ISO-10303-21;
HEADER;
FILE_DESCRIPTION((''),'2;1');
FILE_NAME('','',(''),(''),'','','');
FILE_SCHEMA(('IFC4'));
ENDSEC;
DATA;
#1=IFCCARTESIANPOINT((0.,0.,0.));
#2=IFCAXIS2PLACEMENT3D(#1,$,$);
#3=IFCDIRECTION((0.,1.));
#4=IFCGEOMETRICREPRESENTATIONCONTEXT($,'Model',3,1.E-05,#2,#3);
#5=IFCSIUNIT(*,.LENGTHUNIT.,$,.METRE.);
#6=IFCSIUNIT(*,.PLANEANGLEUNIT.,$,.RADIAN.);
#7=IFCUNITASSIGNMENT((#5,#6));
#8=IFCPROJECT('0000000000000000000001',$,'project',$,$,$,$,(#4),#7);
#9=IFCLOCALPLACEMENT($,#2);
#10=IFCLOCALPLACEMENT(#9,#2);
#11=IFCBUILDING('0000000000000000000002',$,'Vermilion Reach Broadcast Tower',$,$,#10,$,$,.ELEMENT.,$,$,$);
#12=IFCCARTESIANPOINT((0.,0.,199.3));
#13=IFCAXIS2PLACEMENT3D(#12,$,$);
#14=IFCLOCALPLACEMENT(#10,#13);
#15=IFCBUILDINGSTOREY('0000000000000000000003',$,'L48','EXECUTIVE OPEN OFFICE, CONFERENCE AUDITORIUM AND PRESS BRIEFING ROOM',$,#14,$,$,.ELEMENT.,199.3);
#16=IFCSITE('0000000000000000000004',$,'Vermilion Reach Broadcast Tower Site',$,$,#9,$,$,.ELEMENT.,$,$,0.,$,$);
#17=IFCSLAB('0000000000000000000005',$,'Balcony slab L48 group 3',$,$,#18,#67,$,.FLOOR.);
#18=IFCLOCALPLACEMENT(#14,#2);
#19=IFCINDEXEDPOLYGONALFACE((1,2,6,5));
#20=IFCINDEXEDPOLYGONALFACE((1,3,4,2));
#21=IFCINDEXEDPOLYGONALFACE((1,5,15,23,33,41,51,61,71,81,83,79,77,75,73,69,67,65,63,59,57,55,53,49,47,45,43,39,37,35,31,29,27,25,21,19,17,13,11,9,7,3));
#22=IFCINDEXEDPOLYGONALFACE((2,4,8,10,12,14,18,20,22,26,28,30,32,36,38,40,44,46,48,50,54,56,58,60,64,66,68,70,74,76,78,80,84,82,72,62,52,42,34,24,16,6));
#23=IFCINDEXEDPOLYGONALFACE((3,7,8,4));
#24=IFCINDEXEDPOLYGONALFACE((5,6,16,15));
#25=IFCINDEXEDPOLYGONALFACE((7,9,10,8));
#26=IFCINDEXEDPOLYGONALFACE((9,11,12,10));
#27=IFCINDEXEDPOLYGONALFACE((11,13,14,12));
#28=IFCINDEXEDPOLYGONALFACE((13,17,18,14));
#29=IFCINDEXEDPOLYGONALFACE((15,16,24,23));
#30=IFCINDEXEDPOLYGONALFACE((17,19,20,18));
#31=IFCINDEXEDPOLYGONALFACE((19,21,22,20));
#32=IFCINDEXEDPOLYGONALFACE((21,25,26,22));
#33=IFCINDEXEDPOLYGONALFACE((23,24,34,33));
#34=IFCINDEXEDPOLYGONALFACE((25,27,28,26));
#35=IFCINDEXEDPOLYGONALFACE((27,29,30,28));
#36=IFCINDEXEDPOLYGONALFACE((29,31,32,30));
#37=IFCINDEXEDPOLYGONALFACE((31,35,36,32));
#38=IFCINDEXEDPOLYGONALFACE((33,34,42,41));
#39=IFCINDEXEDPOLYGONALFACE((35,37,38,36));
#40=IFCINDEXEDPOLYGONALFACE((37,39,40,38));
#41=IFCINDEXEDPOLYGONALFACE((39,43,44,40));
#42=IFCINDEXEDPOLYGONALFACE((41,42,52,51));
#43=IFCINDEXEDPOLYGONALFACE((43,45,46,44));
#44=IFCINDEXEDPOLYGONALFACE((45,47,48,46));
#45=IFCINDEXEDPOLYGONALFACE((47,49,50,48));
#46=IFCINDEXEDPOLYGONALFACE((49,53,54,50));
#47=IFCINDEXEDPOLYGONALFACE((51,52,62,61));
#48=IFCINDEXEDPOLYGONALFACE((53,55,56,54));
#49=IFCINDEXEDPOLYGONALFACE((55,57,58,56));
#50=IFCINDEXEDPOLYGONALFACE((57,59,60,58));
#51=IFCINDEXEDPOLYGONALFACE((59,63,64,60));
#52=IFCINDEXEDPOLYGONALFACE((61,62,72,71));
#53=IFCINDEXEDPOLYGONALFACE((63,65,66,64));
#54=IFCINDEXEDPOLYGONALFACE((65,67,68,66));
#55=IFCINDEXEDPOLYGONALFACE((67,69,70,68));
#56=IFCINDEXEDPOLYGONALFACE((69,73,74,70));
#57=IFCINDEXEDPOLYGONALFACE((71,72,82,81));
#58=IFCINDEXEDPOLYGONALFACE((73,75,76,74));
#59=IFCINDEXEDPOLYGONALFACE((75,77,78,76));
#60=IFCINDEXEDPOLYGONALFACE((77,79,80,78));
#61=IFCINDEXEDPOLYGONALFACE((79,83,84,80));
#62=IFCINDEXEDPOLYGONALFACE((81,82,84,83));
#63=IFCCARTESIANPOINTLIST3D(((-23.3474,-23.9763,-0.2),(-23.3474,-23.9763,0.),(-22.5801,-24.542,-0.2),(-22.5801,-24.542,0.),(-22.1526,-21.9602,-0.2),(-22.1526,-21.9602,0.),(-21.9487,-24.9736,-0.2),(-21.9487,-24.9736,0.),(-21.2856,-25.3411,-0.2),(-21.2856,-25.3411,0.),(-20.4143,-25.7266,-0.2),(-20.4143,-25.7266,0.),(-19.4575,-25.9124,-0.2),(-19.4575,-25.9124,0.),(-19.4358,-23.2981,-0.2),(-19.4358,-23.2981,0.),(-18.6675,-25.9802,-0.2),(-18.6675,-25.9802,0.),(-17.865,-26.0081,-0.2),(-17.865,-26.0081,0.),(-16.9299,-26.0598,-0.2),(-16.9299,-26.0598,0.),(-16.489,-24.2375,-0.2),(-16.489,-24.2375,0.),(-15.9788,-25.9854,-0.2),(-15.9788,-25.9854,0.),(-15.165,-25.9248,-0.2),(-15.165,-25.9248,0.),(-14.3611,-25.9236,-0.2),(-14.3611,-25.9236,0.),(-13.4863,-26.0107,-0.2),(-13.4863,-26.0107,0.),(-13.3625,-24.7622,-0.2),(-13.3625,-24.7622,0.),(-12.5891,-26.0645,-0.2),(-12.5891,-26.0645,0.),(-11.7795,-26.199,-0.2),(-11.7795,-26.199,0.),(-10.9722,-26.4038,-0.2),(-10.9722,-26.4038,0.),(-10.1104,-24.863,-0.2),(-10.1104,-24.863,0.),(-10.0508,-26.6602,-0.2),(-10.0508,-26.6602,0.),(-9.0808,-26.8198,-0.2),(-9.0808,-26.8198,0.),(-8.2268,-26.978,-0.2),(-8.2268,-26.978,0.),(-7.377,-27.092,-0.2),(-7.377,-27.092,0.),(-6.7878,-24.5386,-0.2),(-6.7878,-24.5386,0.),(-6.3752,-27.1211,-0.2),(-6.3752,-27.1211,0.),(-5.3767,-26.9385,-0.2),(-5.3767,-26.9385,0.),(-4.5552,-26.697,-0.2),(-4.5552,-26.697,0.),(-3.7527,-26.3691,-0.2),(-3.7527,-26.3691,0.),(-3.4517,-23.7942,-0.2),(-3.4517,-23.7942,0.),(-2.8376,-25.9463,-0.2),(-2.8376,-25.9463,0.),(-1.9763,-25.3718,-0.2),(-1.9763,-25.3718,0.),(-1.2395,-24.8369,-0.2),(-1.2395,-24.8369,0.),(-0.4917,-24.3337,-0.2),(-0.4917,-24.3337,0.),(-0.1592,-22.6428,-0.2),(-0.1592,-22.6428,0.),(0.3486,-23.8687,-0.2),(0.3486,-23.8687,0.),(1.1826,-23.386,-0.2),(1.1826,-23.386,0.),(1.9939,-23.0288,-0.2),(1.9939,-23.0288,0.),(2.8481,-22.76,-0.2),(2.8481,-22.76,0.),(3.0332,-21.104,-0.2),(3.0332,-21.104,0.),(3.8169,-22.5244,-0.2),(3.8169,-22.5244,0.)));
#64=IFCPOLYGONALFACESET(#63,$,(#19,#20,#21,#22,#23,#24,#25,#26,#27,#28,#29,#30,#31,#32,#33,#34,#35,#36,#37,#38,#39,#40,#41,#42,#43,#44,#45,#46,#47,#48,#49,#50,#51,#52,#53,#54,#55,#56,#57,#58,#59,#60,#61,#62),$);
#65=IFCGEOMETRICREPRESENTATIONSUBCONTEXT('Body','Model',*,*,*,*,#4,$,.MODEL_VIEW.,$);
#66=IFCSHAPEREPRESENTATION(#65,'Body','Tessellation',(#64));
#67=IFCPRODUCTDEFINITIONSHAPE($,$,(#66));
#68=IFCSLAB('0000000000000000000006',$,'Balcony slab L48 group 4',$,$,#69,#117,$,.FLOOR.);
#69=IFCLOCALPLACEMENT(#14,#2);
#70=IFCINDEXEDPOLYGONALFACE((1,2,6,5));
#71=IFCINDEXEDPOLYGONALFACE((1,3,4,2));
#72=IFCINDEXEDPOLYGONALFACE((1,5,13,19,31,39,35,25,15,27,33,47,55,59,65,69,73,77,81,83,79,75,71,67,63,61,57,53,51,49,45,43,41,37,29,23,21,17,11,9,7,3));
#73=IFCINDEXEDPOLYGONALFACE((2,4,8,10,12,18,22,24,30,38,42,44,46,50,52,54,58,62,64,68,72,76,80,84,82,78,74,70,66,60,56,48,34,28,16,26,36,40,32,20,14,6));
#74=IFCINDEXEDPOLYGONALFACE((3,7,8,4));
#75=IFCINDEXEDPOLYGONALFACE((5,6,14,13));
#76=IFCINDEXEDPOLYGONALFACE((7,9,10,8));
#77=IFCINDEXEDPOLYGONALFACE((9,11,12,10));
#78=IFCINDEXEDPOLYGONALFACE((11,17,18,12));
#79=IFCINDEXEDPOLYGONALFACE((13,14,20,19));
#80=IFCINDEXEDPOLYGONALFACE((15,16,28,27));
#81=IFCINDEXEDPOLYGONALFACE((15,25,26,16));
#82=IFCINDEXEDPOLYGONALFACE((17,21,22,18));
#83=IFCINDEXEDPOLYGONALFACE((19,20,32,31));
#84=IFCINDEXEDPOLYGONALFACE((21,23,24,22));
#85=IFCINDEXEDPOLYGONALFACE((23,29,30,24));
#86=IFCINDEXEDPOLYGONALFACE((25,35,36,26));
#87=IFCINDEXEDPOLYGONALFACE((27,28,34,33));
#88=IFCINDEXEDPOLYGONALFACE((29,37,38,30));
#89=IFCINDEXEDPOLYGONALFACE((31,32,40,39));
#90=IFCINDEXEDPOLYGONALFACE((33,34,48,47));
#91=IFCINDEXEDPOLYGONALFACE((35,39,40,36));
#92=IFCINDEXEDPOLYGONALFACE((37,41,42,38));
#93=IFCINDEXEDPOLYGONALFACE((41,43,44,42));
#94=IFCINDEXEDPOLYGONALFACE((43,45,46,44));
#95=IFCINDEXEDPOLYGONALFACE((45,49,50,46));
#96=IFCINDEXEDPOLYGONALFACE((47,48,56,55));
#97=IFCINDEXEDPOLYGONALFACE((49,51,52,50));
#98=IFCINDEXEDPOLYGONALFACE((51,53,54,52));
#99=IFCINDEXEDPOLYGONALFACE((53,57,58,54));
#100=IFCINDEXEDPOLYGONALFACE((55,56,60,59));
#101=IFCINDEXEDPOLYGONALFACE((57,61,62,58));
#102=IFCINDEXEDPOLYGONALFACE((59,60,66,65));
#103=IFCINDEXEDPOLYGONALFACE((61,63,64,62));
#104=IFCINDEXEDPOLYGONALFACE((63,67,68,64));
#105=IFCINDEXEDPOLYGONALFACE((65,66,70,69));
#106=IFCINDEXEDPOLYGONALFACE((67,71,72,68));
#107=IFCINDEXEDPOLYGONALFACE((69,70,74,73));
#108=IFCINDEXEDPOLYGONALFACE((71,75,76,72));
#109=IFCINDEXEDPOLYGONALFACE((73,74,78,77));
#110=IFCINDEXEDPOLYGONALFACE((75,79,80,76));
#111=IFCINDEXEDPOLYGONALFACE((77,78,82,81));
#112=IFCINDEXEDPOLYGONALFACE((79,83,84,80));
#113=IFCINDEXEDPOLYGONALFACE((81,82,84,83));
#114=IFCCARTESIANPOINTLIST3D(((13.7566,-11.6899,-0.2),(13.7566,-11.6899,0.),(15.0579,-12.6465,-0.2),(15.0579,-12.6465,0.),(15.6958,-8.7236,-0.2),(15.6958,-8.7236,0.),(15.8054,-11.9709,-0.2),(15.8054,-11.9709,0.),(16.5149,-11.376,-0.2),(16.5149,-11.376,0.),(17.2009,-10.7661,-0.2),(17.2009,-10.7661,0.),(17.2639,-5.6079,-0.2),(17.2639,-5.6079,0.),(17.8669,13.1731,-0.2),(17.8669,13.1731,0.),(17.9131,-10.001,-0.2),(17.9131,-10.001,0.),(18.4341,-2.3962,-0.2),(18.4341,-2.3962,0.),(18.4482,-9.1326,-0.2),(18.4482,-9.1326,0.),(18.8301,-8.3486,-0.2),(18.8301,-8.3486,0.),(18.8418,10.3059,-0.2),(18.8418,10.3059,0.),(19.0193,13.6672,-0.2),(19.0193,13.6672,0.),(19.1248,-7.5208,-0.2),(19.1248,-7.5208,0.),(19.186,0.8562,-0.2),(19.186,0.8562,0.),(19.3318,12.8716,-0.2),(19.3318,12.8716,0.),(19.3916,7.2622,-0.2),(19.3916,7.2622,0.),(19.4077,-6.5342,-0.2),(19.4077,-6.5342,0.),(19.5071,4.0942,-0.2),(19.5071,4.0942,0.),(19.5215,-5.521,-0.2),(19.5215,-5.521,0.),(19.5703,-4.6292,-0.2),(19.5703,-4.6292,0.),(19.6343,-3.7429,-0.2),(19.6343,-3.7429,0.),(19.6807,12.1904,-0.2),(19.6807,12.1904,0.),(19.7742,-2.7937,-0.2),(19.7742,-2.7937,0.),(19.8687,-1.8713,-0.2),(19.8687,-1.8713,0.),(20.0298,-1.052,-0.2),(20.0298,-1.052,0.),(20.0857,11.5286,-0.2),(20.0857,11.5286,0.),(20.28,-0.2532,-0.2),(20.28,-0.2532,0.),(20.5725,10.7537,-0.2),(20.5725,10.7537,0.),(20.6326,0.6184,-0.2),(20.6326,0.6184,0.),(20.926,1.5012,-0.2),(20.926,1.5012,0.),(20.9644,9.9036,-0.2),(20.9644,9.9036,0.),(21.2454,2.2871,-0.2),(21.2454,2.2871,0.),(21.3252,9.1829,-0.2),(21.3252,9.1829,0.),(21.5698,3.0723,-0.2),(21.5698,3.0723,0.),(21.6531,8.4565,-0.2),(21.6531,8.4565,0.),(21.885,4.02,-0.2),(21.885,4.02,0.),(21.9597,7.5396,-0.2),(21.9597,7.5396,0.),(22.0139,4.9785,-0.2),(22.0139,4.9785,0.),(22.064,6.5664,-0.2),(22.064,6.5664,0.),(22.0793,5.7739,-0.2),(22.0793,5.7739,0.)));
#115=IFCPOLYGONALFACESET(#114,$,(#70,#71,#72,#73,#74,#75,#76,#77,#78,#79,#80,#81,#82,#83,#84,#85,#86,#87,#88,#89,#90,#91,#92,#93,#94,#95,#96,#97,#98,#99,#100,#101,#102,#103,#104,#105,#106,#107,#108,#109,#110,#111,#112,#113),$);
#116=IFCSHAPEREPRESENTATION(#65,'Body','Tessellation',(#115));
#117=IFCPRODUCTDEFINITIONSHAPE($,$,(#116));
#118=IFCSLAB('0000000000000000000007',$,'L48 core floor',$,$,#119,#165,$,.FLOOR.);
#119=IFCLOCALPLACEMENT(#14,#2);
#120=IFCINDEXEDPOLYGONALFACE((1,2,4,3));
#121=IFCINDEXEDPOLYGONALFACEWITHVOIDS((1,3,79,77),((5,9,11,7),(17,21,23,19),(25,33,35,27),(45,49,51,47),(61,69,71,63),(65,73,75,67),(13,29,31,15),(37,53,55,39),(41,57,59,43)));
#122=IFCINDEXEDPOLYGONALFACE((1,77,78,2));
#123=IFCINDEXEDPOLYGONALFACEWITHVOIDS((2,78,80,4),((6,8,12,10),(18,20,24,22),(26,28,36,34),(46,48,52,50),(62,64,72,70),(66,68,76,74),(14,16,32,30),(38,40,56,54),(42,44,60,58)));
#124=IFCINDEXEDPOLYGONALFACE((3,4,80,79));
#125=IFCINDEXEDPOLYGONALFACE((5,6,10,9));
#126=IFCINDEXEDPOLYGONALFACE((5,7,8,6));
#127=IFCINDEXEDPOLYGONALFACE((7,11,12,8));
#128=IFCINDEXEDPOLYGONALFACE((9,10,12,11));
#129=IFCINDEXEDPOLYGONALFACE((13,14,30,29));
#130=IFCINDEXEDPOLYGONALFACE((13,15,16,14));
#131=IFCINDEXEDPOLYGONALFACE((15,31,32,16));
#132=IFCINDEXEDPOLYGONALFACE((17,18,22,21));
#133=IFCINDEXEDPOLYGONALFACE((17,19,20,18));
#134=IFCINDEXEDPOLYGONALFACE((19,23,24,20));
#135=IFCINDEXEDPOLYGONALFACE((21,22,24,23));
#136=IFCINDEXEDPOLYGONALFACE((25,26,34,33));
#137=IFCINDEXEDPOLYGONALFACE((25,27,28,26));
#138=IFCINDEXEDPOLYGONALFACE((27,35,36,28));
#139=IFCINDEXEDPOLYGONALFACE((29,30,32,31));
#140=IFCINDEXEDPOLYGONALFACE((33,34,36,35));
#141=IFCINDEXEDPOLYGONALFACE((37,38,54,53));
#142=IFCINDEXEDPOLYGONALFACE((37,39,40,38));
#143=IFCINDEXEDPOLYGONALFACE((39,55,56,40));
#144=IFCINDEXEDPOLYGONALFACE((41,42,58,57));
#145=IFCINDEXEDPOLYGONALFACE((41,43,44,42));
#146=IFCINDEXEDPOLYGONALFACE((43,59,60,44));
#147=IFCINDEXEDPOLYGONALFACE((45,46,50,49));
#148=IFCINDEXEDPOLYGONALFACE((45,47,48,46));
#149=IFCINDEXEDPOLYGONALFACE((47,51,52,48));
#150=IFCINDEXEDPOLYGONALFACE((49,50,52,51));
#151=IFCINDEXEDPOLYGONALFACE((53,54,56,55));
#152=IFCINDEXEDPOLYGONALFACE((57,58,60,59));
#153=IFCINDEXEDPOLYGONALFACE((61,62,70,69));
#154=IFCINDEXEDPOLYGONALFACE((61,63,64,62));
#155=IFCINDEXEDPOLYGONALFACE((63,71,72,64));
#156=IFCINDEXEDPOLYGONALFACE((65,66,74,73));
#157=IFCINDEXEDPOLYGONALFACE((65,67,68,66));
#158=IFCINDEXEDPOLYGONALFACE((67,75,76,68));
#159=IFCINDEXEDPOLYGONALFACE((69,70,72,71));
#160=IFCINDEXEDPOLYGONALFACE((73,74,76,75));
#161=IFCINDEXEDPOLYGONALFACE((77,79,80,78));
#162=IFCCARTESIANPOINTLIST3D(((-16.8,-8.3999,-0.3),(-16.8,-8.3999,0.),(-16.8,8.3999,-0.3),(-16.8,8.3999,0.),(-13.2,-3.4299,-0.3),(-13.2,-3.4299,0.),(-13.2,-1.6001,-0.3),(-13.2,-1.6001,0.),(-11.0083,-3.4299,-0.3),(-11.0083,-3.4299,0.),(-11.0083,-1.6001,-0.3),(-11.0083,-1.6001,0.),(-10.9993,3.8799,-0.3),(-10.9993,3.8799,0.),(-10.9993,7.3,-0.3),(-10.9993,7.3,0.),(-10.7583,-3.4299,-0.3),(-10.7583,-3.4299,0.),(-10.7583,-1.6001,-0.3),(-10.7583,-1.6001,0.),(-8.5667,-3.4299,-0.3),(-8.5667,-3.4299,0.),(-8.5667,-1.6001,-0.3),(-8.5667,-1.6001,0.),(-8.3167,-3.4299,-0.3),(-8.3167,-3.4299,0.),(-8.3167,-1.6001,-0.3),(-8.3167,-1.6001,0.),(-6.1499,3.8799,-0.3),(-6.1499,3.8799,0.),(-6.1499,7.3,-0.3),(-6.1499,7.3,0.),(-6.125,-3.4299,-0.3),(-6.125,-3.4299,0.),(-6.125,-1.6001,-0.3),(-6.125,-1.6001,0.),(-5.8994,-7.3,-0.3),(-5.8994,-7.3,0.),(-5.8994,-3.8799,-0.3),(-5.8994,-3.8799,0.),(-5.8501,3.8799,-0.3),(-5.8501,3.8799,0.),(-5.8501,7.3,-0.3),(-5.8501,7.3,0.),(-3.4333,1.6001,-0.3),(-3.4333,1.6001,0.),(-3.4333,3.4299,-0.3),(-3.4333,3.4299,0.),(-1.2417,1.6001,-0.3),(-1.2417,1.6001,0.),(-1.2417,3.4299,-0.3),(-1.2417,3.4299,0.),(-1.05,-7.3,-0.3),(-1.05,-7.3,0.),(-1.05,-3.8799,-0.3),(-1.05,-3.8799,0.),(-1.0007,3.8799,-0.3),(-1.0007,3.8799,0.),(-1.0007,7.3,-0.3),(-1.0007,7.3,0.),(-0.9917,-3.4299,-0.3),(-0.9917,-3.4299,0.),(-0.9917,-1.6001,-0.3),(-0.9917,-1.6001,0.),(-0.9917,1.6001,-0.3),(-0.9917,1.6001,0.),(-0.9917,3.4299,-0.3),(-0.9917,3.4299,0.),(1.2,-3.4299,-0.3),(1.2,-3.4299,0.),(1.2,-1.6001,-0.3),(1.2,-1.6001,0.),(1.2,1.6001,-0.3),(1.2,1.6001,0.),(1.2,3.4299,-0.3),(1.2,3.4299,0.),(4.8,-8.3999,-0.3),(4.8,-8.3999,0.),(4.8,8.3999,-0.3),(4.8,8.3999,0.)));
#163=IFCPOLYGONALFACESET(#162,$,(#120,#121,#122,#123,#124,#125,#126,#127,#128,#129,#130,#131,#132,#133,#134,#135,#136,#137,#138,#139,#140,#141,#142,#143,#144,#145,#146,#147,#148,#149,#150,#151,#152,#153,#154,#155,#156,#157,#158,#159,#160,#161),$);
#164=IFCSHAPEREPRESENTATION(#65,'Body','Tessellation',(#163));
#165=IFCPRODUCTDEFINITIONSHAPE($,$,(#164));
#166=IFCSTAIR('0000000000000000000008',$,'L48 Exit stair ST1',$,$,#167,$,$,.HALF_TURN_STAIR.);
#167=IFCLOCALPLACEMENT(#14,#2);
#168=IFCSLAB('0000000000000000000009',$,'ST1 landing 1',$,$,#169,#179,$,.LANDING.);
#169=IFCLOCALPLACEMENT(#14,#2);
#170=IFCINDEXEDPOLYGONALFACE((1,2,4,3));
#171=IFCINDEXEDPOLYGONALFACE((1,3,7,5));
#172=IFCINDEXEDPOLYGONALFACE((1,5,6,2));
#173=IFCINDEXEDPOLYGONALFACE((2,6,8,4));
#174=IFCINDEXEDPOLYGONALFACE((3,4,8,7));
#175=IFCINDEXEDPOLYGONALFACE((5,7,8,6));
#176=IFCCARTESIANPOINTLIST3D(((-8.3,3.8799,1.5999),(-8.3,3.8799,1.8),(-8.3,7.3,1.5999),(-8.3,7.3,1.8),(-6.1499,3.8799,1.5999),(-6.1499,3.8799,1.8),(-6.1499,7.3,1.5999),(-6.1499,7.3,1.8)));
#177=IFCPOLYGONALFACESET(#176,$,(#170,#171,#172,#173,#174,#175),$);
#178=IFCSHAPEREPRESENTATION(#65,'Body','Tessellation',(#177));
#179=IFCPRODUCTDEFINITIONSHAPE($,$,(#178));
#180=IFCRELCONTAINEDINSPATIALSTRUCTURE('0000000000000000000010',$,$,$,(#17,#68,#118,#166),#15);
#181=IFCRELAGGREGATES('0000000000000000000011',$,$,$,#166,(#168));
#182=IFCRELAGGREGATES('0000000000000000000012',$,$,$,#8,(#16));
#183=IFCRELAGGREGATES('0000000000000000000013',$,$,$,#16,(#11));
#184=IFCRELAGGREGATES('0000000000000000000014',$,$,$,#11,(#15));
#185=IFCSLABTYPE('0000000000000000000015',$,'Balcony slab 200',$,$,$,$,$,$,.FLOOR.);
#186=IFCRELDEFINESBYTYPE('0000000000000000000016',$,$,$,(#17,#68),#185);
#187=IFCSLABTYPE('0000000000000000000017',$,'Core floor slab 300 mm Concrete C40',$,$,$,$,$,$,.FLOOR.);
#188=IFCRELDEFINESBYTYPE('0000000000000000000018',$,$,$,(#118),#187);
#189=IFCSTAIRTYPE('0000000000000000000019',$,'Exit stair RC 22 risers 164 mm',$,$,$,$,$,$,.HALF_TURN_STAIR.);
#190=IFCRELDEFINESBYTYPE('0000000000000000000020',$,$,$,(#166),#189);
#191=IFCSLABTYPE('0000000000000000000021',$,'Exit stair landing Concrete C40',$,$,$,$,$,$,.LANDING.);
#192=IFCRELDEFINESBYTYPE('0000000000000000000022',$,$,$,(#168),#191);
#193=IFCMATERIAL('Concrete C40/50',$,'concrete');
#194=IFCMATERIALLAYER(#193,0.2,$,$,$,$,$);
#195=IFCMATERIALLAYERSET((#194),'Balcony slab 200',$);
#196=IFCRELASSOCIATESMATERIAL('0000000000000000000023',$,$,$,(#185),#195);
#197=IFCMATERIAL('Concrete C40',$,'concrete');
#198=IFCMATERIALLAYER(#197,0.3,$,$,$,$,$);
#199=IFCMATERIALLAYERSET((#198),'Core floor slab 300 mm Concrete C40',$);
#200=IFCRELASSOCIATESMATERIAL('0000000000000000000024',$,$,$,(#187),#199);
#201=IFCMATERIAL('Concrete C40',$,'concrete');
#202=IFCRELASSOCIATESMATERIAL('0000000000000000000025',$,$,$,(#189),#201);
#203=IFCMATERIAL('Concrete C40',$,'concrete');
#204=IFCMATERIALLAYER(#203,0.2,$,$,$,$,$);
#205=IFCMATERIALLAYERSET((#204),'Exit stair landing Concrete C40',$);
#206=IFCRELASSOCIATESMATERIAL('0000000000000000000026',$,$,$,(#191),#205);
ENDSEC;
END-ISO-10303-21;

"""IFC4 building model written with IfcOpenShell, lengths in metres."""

from ifc_helpers import new_model, si_unit, direction, frame, origin, place, context, subcontext, project, spatial, polyline, outline, extrude, material, layer, layer_set, type_object, element, aggregate, save


model = new_model("IFC4")

# Units and contexts
model_context = context("Model", 3, precision=1e-05, world=origin(), true_north=direction((0.0, 1.0)))
body_context = subcontext(model_context, "Body", "Model", "MODEL_VIEW")
ifc_project = project(units=[si_unit("LENGTHUNIT", "METRE"), si_unit("PLANEANGLEUNIT", "RADIAN")], contexts=[model_context])

# Site, building, storey
site_placement = place(None, origin())
site = spatial("IfcSite", under=ifc_project, at=site_placement, Name="Vermilion Reach Broadcast Tower Site", CompositionType="ELEMENT", RefElevation=0.0)
building_placement = place(site_placement, origin())
building = spatial("IfcBuilding", under=site, at=building_placement, Name="Vermilion Reach Broadcast Tower", CompositionType="ELEMENT")
storey_placement = place(building_placement, frame((0.0, 0.0, 199.3)))
storey = spatial("IfcBuildingStorey", under=building, at=storey_placement, Name="L48", Description="EXECUTIVE OPEN OFFICE, CONFERENCE AUDITORIUM AND PRESS BRIEFING ROOM", CompositionType="ELEMENT", Elevation=199.3)

# Slabs
ifc_material_1 = material(Name="Concrete C40/50", Category="concrete")
ifc_layer_1 = layer(ifc_material_1, 0.2)
ifc_layer_set_1 = layer_set([ifc_layer_1], Name="Balcony slab 200")
slab_type_1 = type_object("IfcSlabType", Name="Balcony slab 200", PredefinedType="FLOOR", material=ifc_layer_set_1)
placement_1 = place(storey_placement, frame((0.0, 0.0, -0.2)))
element("IfcSlab", 1, at=placement_1, inside=storey, type_object=slab_type_1, Name="Balcony slab L48 group 3", PredefinedType="FLOOR", context=body_context, shape_type="SweptSolid", body=[
    extrude(outline(polyline([(-22.1526, -21.9602), (-19.4358, -23.2981), (-16.489, -24.2375), (-13.3625, -24.7622), (-10.1104, -24.863), (-6.7878, -24.5386), (-3.4517, -23.7942), (-0.1592, -22.6428), (3.0332, -21.104), (3.8169, -22.5244), (2.8481, -22.76), (1.9939, -23.0288), (1.1826, -23.386), (0.3486, -23.8687), (-0.4917, -24.3337), (-1.2395, -24.8369), (-1.9763, -25.3718), (-2.8376, -25.9463), (-3.7527, -26.3691), (-4.5552, -26.697), (-5.3767, -26.9385), (-6.3752, -27.1211), (-7.377, -27.092), (-8.2268, -26.978), (-9.0808, -26.8198), (-10.0508, -26.6602), (-10.9722, -26.4038), (-11.7795, -26.199), (-12.5891, -26.0645), (-13.4863, -26.0107), (-14.3611, -25.9236), (-15.165, -25.9248), (-15.9788, -25.9854), (-16.9299, -26.0598), (-17.865, -26.0081), (-18.6675, -25.9802), (-19.4575, -25.9124), (-20.4143, -25.7266), (-21.2856, -25.3411), (-21.9487, -24.9736), (-22.5801, -24.542), (-23.3474, -23.9763), (-22.1526, -21.9602)])), origin(), (0.0, 0.0, 1.0), 0.2),
])
element("IfcSlab", 2, at=placement_1, inside=storey, type_object=slab_type_1, Name="Balcony slab L48 group 4", PredefinedType="FLOOR", context=body_context, shape_type="SweptSolid", body=[
    extrude(outline(polyline([(13.7566, -11.6899), (15.6958, -8.7236), (17.2639, -5.6079), (18.4341, -2.3962), (19.186, 0.8562), (19.5071, 4.0942), (19.3916, 7.2622), (18.8418, 10.3059), (17.8669, 13.1731), (19.0193, 13.6672), (19.3318, 12.8716), (19.6807, 12.1904), (20.0857, 11.5286), (20.5725, 10.7537), (20.9644, 9.9036), (21.3252, 9.1829), (21.6531, 8.4565), (21.9597, 7.5396), (22.064, 6.5664), (22.0793, 5.7739), (22.0139, 4.9785), (21.885, 4.02), (21.5698, 3.0723), (21.2454, 2.2871), (20.926, 1.5012), (20.6326, 0.6184), (20.28, -0.2532), (20.0298, -1.052), (19.8687, -1.8713), (19.7742, -2.7937), (19.6343, -3.7429), (19.5703, -4.6292), (19.5215, -5.521), (19.4077, -6.5342), (19.1248, -7.5208), (18.8301, -8.3486), (18.4482, -9.1326), (17.9131, -10.001), (17.2009, -10.7661), (16.5149, -11.376), (15.8054, -11.9709), (15.0579, -12.6465), (13.7566, -11.6899)])), origin(), (0.0, 0.0, 1.0), 0.2),
])
ifc_material_2 = material(Name="Concrete C40", Category="concrete")
ifc_layer_2 = layer(ifc_material_2, 0.3)
ifc_layer_set_2 = layer_set([ifc_layer_2], Name="Core floor slab 300 mm Concrete C40")
slab_type_2 = type_object("IfcSlabType", Name="Core floor slab 300 mm Concrete C40", PredefinedType="FLOOR", material=ifc_layer_set_2)
slab_1_placement = place(storey_placement, frame((0.0, 0.0, -0.3)))
element("IfcSlab", 3, at=slab_1_placement, inside=storey, type_object=slab_type_2, Name="L48 core floor", PredefinedType="FLOOR", context=body_context, shape_type="SweptSolid", body=[
    extrude(outline(polyline([(-16.8, -8.3999), (4.8, -8.3999), (4.8, 8.3999), (-16.8, 8.3999), (-16.8, -8.3999)]), holes=[polyline([(-3.4333, 1.6001), (-1.2417, 1.6001), (-1.2417, 3.4299), (-3.4333, 3.4299), (-3.4333, 1.6001)]), polyline([(-0.9917, 1.6001), (1.2, 1.6001), (1.2, 3.4299), (-0.9917, 3.4299), (-0.9917, 1.6001)]), polyline([(-13.2, -3.4299), (-11.0083, -3.4299), (-11.0083, -1.6001), (-13.2, -1.6001), (-13.2, -3.4299)]), polyline([(-10.7583, -3.4299), (-8.5667, -3.4299), (-8.5667, -1.6001), (-10.7583, -1.6001), (-10.7583, -3.4299)]), polyline([(-8.3167, -3.4299), (-6.125, -3.4299), (-6.125, -1.6001), (-8.3167, -1.6001), (-8.3167, -3.4299)]), polyline([(-0.9917, -3.4299), (1.2, -3.4299), (1.2, -1.6001), (-0.9917, -1.6001), (-0.9917, -3.4299)]), polyline([(-10.9993, 3.8799), (-6.1499, 3.8799), (-6.1499, 7.3), (-10.9993, 7.3), (-10.9993, 3.8799)]), polyline([(-1.0007, 7.3), (-5.8501, 7.3), (-5.8501, 3.8799), (-1.0007, 3.8799), (-1.0007, 7.3)]), polyline([(-5.8994, -7.3), (-1.05, -7.3), (-1.05, -3.8799), (-5.8994, -3.8799), (-5.8994, -7.3)])]), origin(), (0.0, 0.0, 1.0), 0.3),
])

# Stair, slab
ifc_material_3 = material(Name="Concrete C40", Category="concrete")
stair_type = type_object("IfcStairType", Name="Exit stair RC 22 risers 164 mm", PredefinedType="HALF_TURN_STAIR", material=ifc_material_3)
placement_2 = place(storey_placement, origin())
stair_1 = element("IfcStair", 4, at=placement_2, inside=storey, type_object=stair_type, Name="L48 Exit stair ST1", PredefinedType="HALF_TURN_STAIR")
ifc_material_4 = material(Name="Concrete C40", Category="concrete")
ifc_layer_3 = layer(ifc_material_4, 0.2)
ifc_layer_set_3 = layer_set([ifc_layer_3], Name="Exit stair landing Concrete C40")
slab_type_3 = type_object("IfcSlabType", Name="Exit stair landing Concrete C40", PredefinedType="LANDING", material=ifc_layer_set_3)
placement_3 = place(storey_placement, frame((0.0, 0.0, 1.5999)))
slab_2 = element("IfcSlab", 5, at=placement_3, type_object=slab_type_3, Name="ST1 landing 1", PredefinedType="LANDING", context=body_context, shape_type="SweptSolid", body=[
    extrude(outline(polyline([(-8.3, 3.8799), (-6.1499, 3.8799), (-6.1499, 7.3), (-8.3, 7.3), (-8.3, 3.8799)])), origin(), (0.0, 0.0, 1.0), 0.2002),
])
aggregate(stair_1, [slab_2])

save(model, "model.ifc")
